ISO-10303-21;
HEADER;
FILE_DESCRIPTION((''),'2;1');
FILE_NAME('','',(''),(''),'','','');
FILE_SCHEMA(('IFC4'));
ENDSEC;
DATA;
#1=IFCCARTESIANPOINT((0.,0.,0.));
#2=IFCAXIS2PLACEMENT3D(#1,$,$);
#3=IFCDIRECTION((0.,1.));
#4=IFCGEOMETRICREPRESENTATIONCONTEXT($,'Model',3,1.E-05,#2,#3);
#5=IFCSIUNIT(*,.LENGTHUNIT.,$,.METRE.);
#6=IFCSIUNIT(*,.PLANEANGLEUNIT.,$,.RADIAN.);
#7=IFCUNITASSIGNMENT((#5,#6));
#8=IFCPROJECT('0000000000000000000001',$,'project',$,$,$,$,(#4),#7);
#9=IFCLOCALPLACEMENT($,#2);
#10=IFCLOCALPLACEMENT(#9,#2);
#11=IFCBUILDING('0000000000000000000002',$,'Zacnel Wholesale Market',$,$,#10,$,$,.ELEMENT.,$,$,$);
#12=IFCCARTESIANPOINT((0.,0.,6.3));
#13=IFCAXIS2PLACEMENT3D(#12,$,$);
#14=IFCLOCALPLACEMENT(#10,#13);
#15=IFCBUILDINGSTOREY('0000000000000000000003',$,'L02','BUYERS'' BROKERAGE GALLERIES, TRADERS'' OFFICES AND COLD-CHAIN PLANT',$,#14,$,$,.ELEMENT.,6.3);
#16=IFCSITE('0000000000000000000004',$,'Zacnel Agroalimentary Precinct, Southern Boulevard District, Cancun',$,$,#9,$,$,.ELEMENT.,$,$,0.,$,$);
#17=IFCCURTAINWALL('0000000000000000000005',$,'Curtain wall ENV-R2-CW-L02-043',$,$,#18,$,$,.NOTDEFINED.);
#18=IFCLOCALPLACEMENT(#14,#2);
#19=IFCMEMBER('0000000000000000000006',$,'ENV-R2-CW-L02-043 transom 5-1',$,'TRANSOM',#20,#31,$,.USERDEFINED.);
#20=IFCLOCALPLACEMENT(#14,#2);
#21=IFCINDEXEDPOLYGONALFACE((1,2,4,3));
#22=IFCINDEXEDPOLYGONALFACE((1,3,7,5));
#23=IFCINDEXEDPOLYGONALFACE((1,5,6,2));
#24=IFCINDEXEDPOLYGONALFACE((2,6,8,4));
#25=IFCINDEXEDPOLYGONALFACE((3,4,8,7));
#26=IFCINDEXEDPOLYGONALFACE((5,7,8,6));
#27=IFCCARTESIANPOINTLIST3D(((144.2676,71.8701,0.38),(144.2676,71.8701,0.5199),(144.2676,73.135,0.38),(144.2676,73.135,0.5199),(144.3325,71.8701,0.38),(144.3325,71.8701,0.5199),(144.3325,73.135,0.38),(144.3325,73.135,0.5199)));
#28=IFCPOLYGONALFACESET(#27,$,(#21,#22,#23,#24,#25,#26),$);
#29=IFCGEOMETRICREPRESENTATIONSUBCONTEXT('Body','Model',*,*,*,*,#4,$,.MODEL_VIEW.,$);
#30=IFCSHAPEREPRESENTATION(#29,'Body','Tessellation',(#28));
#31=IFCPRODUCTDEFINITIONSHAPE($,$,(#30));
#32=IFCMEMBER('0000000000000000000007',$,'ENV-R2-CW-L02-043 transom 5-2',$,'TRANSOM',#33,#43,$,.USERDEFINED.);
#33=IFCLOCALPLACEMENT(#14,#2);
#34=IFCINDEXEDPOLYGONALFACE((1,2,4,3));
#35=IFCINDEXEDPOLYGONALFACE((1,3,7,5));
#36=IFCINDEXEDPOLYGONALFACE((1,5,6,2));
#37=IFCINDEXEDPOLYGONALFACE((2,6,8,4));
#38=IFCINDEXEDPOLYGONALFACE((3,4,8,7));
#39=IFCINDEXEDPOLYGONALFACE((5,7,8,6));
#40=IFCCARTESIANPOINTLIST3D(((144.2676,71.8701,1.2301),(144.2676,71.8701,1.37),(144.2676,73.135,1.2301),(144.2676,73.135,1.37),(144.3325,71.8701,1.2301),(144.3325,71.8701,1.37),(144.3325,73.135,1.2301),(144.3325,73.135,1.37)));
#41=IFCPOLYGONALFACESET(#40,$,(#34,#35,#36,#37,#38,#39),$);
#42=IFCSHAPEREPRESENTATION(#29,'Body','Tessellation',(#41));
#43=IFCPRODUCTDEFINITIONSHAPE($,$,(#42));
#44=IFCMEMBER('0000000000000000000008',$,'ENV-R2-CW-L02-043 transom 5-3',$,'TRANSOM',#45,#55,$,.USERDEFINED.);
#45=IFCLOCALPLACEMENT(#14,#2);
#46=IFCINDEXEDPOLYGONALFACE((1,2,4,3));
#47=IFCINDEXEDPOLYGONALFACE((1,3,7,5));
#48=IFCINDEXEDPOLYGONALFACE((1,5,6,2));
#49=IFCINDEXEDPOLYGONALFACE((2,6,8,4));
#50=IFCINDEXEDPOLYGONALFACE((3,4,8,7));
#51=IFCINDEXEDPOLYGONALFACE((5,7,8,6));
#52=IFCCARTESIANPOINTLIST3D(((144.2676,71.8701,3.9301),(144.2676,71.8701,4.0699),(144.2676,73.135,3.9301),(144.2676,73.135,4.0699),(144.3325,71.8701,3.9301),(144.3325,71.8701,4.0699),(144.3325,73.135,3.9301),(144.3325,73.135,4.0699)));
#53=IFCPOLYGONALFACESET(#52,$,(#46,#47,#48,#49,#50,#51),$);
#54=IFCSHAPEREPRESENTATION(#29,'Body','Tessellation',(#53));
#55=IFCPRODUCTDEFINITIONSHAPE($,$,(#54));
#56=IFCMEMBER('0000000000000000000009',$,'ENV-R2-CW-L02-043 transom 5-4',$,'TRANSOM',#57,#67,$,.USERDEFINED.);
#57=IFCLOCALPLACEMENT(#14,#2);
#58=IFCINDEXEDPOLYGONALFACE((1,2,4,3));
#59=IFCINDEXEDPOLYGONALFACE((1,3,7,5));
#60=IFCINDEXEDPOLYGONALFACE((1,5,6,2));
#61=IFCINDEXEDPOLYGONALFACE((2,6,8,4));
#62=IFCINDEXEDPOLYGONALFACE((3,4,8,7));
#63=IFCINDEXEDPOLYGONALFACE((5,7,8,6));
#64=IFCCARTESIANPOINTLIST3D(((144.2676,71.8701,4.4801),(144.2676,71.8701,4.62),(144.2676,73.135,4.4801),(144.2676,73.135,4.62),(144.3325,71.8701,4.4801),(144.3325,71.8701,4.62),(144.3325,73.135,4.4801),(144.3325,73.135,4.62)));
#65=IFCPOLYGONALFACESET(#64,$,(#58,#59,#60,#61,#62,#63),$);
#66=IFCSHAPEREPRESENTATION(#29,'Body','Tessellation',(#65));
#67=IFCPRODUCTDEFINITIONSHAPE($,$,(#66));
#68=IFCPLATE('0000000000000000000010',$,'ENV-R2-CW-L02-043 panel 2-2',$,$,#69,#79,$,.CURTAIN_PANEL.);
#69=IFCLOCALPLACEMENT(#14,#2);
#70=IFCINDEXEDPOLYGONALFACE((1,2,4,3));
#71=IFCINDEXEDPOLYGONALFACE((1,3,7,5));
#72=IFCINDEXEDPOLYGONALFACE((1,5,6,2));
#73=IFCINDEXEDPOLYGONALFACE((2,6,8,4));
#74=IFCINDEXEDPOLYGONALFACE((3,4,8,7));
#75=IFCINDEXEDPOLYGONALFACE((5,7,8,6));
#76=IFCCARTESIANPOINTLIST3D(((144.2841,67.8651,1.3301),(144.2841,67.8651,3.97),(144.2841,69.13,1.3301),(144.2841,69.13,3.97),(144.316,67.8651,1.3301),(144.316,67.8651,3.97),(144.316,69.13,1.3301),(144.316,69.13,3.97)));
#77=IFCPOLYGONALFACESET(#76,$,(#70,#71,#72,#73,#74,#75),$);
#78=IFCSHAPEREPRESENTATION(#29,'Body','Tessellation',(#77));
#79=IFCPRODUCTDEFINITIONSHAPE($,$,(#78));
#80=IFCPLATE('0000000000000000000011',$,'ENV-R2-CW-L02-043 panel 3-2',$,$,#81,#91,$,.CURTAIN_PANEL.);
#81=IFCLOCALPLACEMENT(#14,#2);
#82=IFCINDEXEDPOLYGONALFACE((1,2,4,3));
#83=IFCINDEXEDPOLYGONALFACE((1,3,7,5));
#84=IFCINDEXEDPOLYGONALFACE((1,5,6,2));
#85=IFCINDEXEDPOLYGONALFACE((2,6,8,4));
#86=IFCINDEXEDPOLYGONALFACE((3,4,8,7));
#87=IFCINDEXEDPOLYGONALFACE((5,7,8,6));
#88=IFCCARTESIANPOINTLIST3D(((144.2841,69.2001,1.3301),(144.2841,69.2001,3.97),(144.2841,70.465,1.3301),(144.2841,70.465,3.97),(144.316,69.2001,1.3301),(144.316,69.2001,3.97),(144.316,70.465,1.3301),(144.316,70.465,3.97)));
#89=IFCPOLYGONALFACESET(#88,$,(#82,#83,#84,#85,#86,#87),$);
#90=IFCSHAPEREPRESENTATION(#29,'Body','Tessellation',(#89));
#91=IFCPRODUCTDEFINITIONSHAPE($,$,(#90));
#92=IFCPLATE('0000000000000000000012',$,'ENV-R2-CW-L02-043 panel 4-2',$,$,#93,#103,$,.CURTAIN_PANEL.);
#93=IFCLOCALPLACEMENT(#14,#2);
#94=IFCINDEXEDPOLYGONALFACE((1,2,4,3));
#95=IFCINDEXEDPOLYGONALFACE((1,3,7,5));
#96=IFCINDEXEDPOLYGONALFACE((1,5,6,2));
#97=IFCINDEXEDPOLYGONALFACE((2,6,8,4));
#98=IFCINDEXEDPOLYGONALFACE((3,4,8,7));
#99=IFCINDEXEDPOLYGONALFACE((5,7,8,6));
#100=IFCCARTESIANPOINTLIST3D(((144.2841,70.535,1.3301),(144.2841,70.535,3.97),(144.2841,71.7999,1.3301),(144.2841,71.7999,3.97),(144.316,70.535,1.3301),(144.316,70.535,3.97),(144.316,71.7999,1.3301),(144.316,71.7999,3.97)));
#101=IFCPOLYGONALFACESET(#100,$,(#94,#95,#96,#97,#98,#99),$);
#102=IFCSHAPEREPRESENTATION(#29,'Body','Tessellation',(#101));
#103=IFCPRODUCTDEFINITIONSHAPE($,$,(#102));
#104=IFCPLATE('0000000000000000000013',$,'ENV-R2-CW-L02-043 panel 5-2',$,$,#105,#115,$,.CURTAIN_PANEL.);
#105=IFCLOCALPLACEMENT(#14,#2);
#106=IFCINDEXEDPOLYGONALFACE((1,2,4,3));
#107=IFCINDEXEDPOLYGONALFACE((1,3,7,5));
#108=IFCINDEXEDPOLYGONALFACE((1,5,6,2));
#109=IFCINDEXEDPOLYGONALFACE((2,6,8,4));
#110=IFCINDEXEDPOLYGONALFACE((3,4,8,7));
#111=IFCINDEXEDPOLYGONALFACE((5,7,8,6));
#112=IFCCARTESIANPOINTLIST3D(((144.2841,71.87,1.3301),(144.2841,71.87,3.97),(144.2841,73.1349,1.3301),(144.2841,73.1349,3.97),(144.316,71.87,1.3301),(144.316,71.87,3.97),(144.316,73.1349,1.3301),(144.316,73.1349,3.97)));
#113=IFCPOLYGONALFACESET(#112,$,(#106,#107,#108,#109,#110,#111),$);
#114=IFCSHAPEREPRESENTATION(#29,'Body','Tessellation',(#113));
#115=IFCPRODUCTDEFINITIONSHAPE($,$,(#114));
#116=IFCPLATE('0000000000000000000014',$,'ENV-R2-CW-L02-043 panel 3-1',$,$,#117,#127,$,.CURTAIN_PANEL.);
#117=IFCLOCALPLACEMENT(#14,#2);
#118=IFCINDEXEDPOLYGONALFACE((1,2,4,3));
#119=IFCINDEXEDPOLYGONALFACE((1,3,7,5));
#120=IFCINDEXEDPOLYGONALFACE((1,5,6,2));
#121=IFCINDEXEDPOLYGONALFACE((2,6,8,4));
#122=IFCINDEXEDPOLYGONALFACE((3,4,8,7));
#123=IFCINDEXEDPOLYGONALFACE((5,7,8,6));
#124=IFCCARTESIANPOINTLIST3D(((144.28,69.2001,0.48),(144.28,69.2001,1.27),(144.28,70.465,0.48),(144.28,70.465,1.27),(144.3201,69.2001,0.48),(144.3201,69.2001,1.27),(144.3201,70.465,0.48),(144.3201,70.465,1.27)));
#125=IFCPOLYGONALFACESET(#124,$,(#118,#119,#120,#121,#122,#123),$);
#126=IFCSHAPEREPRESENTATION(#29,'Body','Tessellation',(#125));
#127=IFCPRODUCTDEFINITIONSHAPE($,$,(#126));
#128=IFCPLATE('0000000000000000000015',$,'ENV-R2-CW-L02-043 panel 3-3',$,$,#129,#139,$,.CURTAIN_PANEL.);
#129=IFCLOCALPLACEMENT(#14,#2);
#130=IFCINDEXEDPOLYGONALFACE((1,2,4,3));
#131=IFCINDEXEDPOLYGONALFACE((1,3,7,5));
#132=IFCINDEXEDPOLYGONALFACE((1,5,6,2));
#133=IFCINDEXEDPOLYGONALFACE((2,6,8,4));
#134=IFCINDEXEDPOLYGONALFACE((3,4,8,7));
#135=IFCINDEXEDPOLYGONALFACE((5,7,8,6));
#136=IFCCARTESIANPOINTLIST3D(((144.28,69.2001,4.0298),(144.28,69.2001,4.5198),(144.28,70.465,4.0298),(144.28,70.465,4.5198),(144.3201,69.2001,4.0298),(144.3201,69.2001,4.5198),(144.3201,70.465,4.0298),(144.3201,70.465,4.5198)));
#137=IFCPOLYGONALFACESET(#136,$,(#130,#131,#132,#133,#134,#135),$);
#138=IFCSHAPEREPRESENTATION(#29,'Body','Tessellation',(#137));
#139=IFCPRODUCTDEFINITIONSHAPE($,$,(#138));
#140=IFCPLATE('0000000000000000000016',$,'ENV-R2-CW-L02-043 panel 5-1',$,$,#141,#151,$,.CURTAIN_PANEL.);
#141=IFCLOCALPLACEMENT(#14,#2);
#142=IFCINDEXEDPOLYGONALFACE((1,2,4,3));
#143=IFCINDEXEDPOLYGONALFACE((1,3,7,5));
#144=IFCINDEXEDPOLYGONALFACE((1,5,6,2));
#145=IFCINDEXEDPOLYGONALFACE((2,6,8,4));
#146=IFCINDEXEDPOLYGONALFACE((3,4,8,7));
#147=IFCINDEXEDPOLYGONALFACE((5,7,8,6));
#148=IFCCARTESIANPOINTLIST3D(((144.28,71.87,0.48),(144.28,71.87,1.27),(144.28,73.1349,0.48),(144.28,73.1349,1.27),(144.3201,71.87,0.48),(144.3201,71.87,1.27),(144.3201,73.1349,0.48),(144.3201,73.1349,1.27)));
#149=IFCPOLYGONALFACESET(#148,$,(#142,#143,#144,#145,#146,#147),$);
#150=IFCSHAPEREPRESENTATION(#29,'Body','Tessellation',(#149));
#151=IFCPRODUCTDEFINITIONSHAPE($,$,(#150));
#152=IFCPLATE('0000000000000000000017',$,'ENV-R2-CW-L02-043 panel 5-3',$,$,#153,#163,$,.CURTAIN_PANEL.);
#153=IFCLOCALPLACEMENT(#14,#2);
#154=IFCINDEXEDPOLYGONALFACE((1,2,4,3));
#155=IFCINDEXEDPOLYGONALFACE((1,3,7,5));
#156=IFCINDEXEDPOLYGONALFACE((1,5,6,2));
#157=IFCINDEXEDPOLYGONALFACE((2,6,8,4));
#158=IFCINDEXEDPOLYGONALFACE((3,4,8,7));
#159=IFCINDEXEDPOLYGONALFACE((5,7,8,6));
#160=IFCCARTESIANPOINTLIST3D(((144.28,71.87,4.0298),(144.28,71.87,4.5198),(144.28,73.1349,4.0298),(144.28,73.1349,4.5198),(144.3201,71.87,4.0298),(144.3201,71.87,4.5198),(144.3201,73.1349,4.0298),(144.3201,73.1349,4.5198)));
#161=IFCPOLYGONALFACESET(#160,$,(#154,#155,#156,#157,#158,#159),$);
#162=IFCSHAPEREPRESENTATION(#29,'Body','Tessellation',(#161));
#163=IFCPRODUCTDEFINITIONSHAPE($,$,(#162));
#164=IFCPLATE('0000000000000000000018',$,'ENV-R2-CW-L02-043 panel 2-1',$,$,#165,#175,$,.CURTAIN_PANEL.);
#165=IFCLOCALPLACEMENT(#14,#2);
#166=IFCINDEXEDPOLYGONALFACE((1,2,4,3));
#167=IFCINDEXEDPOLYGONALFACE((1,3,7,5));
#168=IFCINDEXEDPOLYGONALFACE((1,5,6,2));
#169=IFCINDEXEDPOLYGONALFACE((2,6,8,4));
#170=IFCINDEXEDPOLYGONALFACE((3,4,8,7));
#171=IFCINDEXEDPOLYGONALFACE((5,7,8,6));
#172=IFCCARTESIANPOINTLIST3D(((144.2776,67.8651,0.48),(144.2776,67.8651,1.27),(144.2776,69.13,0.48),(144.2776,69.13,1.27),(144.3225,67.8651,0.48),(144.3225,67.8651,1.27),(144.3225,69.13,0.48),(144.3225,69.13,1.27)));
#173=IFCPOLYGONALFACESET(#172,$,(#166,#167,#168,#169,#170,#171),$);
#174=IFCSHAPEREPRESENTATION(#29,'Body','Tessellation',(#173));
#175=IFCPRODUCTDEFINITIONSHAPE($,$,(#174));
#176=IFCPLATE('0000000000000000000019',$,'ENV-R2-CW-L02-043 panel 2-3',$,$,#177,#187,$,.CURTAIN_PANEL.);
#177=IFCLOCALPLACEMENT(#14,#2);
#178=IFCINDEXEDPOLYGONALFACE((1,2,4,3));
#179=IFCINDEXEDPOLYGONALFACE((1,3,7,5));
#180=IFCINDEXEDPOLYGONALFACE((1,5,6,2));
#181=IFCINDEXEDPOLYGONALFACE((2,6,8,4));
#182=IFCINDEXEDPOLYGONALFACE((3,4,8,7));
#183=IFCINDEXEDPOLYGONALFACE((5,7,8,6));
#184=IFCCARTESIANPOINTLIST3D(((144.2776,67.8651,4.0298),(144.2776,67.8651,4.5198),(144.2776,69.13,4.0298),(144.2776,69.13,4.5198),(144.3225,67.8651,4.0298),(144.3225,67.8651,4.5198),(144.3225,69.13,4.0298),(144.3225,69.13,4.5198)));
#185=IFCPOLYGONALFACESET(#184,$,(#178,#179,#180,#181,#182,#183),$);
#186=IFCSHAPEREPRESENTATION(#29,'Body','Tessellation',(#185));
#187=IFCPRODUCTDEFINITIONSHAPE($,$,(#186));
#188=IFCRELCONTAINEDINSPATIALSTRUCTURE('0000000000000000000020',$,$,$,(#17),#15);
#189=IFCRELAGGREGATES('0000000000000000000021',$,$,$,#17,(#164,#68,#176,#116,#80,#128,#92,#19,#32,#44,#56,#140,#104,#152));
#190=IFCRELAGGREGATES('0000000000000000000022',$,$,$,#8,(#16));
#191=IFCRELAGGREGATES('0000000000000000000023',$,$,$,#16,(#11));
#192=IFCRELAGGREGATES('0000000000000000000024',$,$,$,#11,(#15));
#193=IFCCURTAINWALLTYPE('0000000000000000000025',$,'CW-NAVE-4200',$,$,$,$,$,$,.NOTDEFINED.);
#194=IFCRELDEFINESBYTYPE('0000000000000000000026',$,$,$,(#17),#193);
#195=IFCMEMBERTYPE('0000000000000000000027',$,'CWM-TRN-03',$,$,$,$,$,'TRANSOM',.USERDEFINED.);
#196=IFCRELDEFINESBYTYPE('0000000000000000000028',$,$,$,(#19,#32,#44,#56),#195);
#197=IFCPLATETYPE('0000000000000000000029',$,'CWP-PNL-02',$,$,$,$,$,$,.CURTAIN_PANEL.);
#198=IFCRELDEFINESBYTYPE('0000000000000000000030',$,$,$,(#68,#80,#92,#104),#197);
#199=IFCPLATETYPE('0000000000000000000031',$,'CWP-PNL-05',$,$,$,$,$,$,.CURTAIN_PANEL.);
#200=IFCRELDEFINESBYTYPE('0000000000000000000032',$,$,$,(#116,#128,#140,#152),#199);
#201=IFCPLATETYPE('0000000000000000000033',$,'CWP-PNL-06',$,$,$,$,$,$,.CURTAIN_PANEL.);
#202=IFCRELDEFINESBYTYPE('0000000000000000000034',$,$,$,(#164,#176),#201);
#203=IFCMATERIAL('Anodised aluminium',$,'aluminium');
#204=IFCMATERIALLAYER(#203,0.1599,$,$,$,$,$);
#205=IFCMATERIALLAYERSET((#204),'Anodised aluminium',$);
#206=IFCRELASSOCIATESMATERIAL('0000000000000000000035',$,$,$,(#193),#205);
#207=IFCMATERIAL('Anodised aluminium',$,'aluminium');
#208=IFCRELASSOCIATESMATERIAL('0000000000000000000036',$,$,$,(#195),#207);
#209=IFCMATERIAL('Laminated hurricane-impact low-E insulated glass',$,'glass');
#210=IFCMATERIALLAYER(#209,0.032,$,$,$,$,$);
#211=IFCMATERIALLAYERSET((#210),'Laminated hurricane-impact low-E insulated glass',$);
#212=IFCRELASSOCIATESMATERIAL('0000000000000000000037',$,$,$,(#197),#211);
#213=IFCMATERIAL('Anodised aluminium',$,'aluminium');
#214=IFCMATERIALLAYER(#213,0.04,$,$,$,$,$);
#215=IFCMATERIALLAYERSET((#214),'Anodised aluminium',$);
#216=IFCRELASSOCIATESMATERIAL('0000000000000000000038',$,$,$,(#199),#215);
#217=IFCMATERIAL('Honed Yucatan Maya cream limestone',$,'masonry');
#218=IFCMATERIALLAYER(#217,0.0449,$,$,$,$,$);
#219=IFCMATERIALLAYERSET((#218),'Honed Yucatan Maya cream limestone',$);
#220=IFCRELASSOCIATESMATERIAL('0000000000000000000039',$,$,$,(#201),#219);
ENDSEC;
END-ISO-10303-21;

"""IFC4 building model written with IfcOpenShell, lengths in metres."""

from ifc_helpers import new_model, si_unit, direction, frame, origin, origin_2d, place, context, subcontext, project, spatial, rectangle, extrude, material, layer, layer_set, material_profile, profile_set, type_object, element, aggregate, save


model = new_model("IFC4")

# Units and contexts
model_context = context("Model", 3, precision=1e-05, world=origin(), true_north=direction((0.0, 1.0)))
body_context = subcontext(model_context, "Body", "Model", "MODEL_VIEW")
ifc_project = project(units=[si_unit("LENGTHUNIT", "METRE"), si_unit("PLANEANGLEUNIT", "RADIAN")], contexts=[model_context])

# Site, building, storey
site_placement = place(None, origin())
site = spatial("IfcSite", under=ifc_project, at=site_placement, Name="Zacnel Agroalimentary Precinct, Southern Boulevard District, Cancun", CompositionType="ELEMENT", RefElevation=0.0)
building_placement = place(site_placement, origin())
building = spatial("IfcBuilding", under=site, at=building_placement, Name="Zacnel Wholesale Market", CompositionType="ELEMENT")
storey_placement = place(building_placement, frame((0.0, 0.0, 6.3)))
storey = spatial("IfcBuildingStorey", under=building, at=storey_placement, Name="L02", Description="BUYERS' BROKERAGE GALLERIES, TRADERS' OFFICES AND COLD-CHAIN PLANT", CompositionType="ELEMENT", Elevation=6.3)

# Curtain wall, members, plates
ifc_material_1 = material(Name="Anodised aluminium", Category="aluminium")
ifc_layer_1 = layer(ifc_material_1, 0.1599)
ifc_layer_set_1 = layer_set([ifc_layer_1], Name="Anodised aluminium")
curtain_wall_type = type_object("IfcCurtainWallType", Name="CW-NAVE-4200", PredefinedType="NOTDEFINED", material=ifc_layer_set_1)
curtain_wall_placement = place(storey_placement, origin())
curtain_wall = element("IfcCurtainWall", 1, at=curtain_wall_placement, inside=storey, type_object=curtain_wall_type, Name="Curtain wall ENV-R2-CW-L02-043", PredefinedType="NOTDEFINED")
ifc_material_2 = material(Name="Anodised aluminium", Category="aluminium")
ifc_material_profile_1 = material_profile(ifc_material_2, rectangle(XDim=0.0649, YDim=0.1399, at=origin_2d()), Name="AW-TRANSOM 65x140")
ifc_profile_set_1 = profile_set([ifc_material_profile_1], Name="Anodised aluminium")
member_type_1 = type_object("IfcMemberType", Name="CWM-TRN-03", ElementType="TRANSOM", PredefinedType="USERDEFINED", material=ifc_profile_set_1)
member_1_placement = place(storey_placement, frame((144.3, 71.8701, 0.45), z_axis=(0.0, 1.0, 0.0), x_axis=(-1.0, 0.0, 0.0)))
member_1 = element("IfcMember", 2, at=member_1_placement, type_object=member_type_1, Name="ENV-R2-CW-L02-043 transom 5-1", ObjectType="TRANSOM", PredefinedType="USERDEFINED", context=body_context, shape_type="SweptSolid", body=[
    extrude(rectangle(XDim=0.0649, YDim=0.1399, at=origin_2d()), origin(), (0.0, 0.0, 1.0), 1.2649),
])
member_2_placement = place(storey_placement, frame((144.3, 71.8701, 1.3), z_axis=(0.0, 1.0, 0.0), x_axis=(-1.0, 0.0, 0.0)))
member_2 = element("IfcMember", 3, at=member_2_placement, type_object=member_type_1, Name="ENV-R2-CW-L02-043 transom 5-2", ObjectType="TRANSOM", PredefinedType="USERDEFINED", context=body_context, shape_type="SweptSolid", body=[
    extrude(rectangle(XDim=0.0649, YDim=0.1399, at=origin_2d()), origin(), (0.0, 0.0, 1.0), 1.2649),
])
member_3_placement = place(storey_placement, frame((144.3, 71.8701, 4.0), z_axis=(0.0, 1.0, 0.0), x_axis=(-1.0, 0.0, 0.0)))
member_3 = element("IfcMember", 4, at=member_3_placement, type_object=member_type_1, Name="ENV-R2-CW-L02-043 transom 5-3", ObjectType="TRANSOM", PredefinedType="USERDEFINED", context=body_context, shape_type="SweptSolid", body=[
    extrude(rectangle(XDim=0.0649, YDim=0.1399, at=origin_2d()), origin(), (0.0, 0.0, 1.0), 1.2649),
])
member_4_placement = place(storey_placement, frame((144.3, 71.8701, 4.55), z_axis=(0.0, 1.0, 0.0), x_axis=(-1.0, 0.0, 0.0)))
member_4 = element("IfcMember", 5, at=member_4_placement, type_object=member_type_1, Name="ENV-R2-CW-L02-043 transom 5-4", ObjectType="TRANSOM", PredefinedType="USERDEFINED", context=body_context, shape_type="SweptSolid", body=[
    extrude(rectangle(XDim=0.0649, YDim=0.1399, at=origin_2d()), origin(), (0.0, 0.0, 1.0), 1.2649),
])
ifc_material_3 = material(Name="Laminated hurricane-impact low-E insulated glass", Category="glass")
ifc_layer_2 = layer(ifc_material_3, 0.032)
ifc_layer_set_2 = layer_set([ifc_layer_2], Name="Laminated hurricane-impact low-E insulated glass")
plate_type_1 = type_object("IfcPlateType", Name="CWP-PNL-02", PredefinedType="CURTAIN_PANEL", material=ifc_layer_set_2)
plate_1_placement = place(storey_placement, frame((144.3, 68.4976, 1.3301), z_axis=(0.0, 0.0, 1.0), x_axis=(0.0, 1.0, 0.0)))
plate_1 = element("IfcPlate", 6, at=plate_1_placement, type_object=plate_type_1, Name="ENV-R2-CW-L02-043 panel 2-2", PredefinedType="CURTAIN_PANEL", context=body_context, shape_type="SweptSolid", body=[
    extrude(rectangle(XDim=1.2649, YDim=0.032, at=origin_2d()), origin(), (0.0, 0.0, 1.0), 2.6399),
])
plate_2_placement = place(storey_placement, frame((144.3, 69.8325, 1.3301), z_axis=(0.0, 0.0, 1.0), x_axis=(0.0, 1.0, 0.0)))
plate_2 = element("IfcPlate", 7, at=plate_2_placement, type_object=plate_type_1, Name="ENV-R2-CW-L02-043 panel 3-2", PredefinedType="CURTAIN_PANEL", context=body_context, shape_type="SweptSolid", body=[
    extrude(rectangle(XDim=1.2649, YDim=0.032, at=origin_2d()), origin(), (0.0, 0.0, 1.0), 2.6399),
])
plate_3_placement = place(storey_placement, frame((144.3, 71.1675, 1.3301), z_axis=(0.0, 0.0, 1.0), x_axis=(0.0, 1.0, 0.0)))
plate_3 = element("IfcPlate", 8, at=plate_3_placement, type_object=plate_type_1, Name="ENV-R2-CW-L02-043 panel 4-2", PredefinedType="CURTAIN_PANEL", context=body_context, shape_type="SweptSolid", body=[
    extrude(rectangle(XDim=1.2649, YDim=0.032, at=origin_2d()), origin(), (0.0, 0.0, 1.0), 2.6399),
])
plate_4_placement = place(storey_placement, frame((144.3, 72.5024, 1.3301), z_axis=(0.0, 0.0, 1.0), x_axis=(0.0, 1.0, 0.0)))
plate_4 = element("IfcPlate", 9, at=plate_4_placement, type_object=plate_type_1, Name="ENV-R2-CW-L02-043 panel 5-2", PredefinedType="CURTAIN_PANEL", context=body_context, shape_type="SweptSolid", body=[
    extrude(rectangle(XDim=1.2649, YDim=0.032, at=origin_2d()), origin(), (0.0, 0.0, 1.0), 2.6399),
])
ifc_material_4 = material(Name="Anodised aluminium", Category="aluminium")
ifc_layer_3 = layer(ifc_material_4, 0.04)
ifc_layer_set_3 = layer_set([ifc_layer_3], Name="Anodised aluminium")
plate_type_2 = type_object("IfcPlateType", Name="CWP-PNL-05", PredefinedType="CURTAIN_PANEL", material=ifc_layer_set_3)
plate_5_placement = place(storey_placement, frame((144.3, 69.8325, 0.48), z_axis=(0.0, 0.0, 1.0), x_axis=(0.0, 1.0, 0.0)))
plate_5 = element("IfcPlate", 10, at=plate_5_placement, type_object=plate_type_2, Name="ENV-R2-CW-L02-043 panel 3-1", PredefinedType="CURTAIN_PANEL", context=body_context, shape_type="SweptSolid", body=[
    extrude(rectangle(XDim=1.2649, YDim=0.04, at=origin_2d()), origin(), (0.0, 0.0, 1.0), 0.79),
])
plate_6_placement = place(storey_placement, frame((144.3, 69.8325, 4.0298), z_axis=(0.0, 0.0, 1.0), x_axis=(0.0, 1.0, 0.0)))
plate_6 = element("IfcPlate", 11, at=plate_6_placement, type_object=plate_type_2, Name="ENV-R2-CW-L02-043 panel 3-3", PredefinedType="CURTAIN_PANEL", context=body_context, shape_type="SweptSolid", body=[
    extrude(rectangle(XDim=1.2649, YDim=0.04, at=origin_2d()), origin(), (0.0, 0.0, 1.0), 0.49),
])
plate_7_placement = place(storey_placement, frame((144.3, 72.5024, 0.48), z_axis=(0.0, 0.0, 1.0), x_axis=(0.0, 1.0, 0.0)))
plate_7 = element("IfcPlate", 12, at=plate_7_placement, type_object=plate_type_2, Name="ENV-R2-CW-L02-043 panel 5-1", PredefinedType="CURTAIN_PANEL", context=body_context, shape_type="SweptSolid", body=[
    extrude(rectangle(XDim=1.2649, YDim=0.04, at=origin_2d()), origin(), (0.0, 0.0, 1.0), 0.79),
])
plate_8_placement = place(storey_placement, frame((144.3, 72.5024, 4.0298), z_axis=(0.0, 0.0, 1.0), x_axis=(0.0, 1.0, 0.0)))
plate_8 = element("IfcPlate", 13, at=plate_8_placement, type_object=plate_type_2, Name="ENV-R2-CW-L02-043 panel 5-3", PredefinedType="CURTAIN_PANEL", context=body_context, shape_type="SweptSolid", body=[
    extrude(rectangle(XDim=1.2649, YDim=0.04, at=origin_2d()), origin(), (0.0, 0.0, 1.0), 0.49),
])
ifc_material_5 = material(Name="Honed Yucatan Maya cream limestone", Category="masonry")
ifc_layer_4 = layer(ifc_material_5, 0.0449)
ifc_layer_set_4 = layer_set([ifc_layer_4], Name="Honed Yucatan Maya cream limestone")
plate_type_3 = type_object("IfcPlateType", Name="CWP-PNL-06", PredefinedType="CURTAIN_PANEL", material=ifc_layer_set_4)
plate_9_placement = place(storey_placement, frame((144.3, 68.4976, 0.48), z_axis=(0.0, 0.0, 1.0), x_axis=(0.0, 1.0, 0.0)))
plate_9 = element("IfcPlate", 14, at=plate_9_placement, type_object=plate_type_3, Name="ENV-R2-CW-L02-043 panel 2-1", PredefinedType="CURTAIN_PANEL", context=body_context, shape_type="SweptSolid", body=[
    extrude(rectangle(XDim=1.2649, YDim=0.0449, at=origin_2d()), origin(), (0.0, 0.0, 1.0), 0.79),
])
plate_10_placement = place(storey_placement, frame((144.3, 68.4976, 4.0298), z_axis=(0.0, 0.0, 1.0), x_axis=(0.0, 1.0, 0.0)))
plate_10 = element("IfcPlate", 15, at=plate_10_placement, type_object=plate_type_3, Name="ENV-R2-CW-L02-043 panel 2-3", PredefinedType="CURTAIN_PANEL", context=body_context, shape_type="SweptSolid", body=[
    extrude(rectangle(XDim=1.2649, YDim=0.0449, at=origin_2d()), origin(), (0.0, 0.0, 1.0), 0.49),
])
aggregate(curtain_wall, [plate_9, plate_1, plate_10, plate_5, plate_2, plate_6, plate_3, member_1, member_2, member_3, member_4, plate_7, plate_4, plate_8])

save(model, "model.ifc")
